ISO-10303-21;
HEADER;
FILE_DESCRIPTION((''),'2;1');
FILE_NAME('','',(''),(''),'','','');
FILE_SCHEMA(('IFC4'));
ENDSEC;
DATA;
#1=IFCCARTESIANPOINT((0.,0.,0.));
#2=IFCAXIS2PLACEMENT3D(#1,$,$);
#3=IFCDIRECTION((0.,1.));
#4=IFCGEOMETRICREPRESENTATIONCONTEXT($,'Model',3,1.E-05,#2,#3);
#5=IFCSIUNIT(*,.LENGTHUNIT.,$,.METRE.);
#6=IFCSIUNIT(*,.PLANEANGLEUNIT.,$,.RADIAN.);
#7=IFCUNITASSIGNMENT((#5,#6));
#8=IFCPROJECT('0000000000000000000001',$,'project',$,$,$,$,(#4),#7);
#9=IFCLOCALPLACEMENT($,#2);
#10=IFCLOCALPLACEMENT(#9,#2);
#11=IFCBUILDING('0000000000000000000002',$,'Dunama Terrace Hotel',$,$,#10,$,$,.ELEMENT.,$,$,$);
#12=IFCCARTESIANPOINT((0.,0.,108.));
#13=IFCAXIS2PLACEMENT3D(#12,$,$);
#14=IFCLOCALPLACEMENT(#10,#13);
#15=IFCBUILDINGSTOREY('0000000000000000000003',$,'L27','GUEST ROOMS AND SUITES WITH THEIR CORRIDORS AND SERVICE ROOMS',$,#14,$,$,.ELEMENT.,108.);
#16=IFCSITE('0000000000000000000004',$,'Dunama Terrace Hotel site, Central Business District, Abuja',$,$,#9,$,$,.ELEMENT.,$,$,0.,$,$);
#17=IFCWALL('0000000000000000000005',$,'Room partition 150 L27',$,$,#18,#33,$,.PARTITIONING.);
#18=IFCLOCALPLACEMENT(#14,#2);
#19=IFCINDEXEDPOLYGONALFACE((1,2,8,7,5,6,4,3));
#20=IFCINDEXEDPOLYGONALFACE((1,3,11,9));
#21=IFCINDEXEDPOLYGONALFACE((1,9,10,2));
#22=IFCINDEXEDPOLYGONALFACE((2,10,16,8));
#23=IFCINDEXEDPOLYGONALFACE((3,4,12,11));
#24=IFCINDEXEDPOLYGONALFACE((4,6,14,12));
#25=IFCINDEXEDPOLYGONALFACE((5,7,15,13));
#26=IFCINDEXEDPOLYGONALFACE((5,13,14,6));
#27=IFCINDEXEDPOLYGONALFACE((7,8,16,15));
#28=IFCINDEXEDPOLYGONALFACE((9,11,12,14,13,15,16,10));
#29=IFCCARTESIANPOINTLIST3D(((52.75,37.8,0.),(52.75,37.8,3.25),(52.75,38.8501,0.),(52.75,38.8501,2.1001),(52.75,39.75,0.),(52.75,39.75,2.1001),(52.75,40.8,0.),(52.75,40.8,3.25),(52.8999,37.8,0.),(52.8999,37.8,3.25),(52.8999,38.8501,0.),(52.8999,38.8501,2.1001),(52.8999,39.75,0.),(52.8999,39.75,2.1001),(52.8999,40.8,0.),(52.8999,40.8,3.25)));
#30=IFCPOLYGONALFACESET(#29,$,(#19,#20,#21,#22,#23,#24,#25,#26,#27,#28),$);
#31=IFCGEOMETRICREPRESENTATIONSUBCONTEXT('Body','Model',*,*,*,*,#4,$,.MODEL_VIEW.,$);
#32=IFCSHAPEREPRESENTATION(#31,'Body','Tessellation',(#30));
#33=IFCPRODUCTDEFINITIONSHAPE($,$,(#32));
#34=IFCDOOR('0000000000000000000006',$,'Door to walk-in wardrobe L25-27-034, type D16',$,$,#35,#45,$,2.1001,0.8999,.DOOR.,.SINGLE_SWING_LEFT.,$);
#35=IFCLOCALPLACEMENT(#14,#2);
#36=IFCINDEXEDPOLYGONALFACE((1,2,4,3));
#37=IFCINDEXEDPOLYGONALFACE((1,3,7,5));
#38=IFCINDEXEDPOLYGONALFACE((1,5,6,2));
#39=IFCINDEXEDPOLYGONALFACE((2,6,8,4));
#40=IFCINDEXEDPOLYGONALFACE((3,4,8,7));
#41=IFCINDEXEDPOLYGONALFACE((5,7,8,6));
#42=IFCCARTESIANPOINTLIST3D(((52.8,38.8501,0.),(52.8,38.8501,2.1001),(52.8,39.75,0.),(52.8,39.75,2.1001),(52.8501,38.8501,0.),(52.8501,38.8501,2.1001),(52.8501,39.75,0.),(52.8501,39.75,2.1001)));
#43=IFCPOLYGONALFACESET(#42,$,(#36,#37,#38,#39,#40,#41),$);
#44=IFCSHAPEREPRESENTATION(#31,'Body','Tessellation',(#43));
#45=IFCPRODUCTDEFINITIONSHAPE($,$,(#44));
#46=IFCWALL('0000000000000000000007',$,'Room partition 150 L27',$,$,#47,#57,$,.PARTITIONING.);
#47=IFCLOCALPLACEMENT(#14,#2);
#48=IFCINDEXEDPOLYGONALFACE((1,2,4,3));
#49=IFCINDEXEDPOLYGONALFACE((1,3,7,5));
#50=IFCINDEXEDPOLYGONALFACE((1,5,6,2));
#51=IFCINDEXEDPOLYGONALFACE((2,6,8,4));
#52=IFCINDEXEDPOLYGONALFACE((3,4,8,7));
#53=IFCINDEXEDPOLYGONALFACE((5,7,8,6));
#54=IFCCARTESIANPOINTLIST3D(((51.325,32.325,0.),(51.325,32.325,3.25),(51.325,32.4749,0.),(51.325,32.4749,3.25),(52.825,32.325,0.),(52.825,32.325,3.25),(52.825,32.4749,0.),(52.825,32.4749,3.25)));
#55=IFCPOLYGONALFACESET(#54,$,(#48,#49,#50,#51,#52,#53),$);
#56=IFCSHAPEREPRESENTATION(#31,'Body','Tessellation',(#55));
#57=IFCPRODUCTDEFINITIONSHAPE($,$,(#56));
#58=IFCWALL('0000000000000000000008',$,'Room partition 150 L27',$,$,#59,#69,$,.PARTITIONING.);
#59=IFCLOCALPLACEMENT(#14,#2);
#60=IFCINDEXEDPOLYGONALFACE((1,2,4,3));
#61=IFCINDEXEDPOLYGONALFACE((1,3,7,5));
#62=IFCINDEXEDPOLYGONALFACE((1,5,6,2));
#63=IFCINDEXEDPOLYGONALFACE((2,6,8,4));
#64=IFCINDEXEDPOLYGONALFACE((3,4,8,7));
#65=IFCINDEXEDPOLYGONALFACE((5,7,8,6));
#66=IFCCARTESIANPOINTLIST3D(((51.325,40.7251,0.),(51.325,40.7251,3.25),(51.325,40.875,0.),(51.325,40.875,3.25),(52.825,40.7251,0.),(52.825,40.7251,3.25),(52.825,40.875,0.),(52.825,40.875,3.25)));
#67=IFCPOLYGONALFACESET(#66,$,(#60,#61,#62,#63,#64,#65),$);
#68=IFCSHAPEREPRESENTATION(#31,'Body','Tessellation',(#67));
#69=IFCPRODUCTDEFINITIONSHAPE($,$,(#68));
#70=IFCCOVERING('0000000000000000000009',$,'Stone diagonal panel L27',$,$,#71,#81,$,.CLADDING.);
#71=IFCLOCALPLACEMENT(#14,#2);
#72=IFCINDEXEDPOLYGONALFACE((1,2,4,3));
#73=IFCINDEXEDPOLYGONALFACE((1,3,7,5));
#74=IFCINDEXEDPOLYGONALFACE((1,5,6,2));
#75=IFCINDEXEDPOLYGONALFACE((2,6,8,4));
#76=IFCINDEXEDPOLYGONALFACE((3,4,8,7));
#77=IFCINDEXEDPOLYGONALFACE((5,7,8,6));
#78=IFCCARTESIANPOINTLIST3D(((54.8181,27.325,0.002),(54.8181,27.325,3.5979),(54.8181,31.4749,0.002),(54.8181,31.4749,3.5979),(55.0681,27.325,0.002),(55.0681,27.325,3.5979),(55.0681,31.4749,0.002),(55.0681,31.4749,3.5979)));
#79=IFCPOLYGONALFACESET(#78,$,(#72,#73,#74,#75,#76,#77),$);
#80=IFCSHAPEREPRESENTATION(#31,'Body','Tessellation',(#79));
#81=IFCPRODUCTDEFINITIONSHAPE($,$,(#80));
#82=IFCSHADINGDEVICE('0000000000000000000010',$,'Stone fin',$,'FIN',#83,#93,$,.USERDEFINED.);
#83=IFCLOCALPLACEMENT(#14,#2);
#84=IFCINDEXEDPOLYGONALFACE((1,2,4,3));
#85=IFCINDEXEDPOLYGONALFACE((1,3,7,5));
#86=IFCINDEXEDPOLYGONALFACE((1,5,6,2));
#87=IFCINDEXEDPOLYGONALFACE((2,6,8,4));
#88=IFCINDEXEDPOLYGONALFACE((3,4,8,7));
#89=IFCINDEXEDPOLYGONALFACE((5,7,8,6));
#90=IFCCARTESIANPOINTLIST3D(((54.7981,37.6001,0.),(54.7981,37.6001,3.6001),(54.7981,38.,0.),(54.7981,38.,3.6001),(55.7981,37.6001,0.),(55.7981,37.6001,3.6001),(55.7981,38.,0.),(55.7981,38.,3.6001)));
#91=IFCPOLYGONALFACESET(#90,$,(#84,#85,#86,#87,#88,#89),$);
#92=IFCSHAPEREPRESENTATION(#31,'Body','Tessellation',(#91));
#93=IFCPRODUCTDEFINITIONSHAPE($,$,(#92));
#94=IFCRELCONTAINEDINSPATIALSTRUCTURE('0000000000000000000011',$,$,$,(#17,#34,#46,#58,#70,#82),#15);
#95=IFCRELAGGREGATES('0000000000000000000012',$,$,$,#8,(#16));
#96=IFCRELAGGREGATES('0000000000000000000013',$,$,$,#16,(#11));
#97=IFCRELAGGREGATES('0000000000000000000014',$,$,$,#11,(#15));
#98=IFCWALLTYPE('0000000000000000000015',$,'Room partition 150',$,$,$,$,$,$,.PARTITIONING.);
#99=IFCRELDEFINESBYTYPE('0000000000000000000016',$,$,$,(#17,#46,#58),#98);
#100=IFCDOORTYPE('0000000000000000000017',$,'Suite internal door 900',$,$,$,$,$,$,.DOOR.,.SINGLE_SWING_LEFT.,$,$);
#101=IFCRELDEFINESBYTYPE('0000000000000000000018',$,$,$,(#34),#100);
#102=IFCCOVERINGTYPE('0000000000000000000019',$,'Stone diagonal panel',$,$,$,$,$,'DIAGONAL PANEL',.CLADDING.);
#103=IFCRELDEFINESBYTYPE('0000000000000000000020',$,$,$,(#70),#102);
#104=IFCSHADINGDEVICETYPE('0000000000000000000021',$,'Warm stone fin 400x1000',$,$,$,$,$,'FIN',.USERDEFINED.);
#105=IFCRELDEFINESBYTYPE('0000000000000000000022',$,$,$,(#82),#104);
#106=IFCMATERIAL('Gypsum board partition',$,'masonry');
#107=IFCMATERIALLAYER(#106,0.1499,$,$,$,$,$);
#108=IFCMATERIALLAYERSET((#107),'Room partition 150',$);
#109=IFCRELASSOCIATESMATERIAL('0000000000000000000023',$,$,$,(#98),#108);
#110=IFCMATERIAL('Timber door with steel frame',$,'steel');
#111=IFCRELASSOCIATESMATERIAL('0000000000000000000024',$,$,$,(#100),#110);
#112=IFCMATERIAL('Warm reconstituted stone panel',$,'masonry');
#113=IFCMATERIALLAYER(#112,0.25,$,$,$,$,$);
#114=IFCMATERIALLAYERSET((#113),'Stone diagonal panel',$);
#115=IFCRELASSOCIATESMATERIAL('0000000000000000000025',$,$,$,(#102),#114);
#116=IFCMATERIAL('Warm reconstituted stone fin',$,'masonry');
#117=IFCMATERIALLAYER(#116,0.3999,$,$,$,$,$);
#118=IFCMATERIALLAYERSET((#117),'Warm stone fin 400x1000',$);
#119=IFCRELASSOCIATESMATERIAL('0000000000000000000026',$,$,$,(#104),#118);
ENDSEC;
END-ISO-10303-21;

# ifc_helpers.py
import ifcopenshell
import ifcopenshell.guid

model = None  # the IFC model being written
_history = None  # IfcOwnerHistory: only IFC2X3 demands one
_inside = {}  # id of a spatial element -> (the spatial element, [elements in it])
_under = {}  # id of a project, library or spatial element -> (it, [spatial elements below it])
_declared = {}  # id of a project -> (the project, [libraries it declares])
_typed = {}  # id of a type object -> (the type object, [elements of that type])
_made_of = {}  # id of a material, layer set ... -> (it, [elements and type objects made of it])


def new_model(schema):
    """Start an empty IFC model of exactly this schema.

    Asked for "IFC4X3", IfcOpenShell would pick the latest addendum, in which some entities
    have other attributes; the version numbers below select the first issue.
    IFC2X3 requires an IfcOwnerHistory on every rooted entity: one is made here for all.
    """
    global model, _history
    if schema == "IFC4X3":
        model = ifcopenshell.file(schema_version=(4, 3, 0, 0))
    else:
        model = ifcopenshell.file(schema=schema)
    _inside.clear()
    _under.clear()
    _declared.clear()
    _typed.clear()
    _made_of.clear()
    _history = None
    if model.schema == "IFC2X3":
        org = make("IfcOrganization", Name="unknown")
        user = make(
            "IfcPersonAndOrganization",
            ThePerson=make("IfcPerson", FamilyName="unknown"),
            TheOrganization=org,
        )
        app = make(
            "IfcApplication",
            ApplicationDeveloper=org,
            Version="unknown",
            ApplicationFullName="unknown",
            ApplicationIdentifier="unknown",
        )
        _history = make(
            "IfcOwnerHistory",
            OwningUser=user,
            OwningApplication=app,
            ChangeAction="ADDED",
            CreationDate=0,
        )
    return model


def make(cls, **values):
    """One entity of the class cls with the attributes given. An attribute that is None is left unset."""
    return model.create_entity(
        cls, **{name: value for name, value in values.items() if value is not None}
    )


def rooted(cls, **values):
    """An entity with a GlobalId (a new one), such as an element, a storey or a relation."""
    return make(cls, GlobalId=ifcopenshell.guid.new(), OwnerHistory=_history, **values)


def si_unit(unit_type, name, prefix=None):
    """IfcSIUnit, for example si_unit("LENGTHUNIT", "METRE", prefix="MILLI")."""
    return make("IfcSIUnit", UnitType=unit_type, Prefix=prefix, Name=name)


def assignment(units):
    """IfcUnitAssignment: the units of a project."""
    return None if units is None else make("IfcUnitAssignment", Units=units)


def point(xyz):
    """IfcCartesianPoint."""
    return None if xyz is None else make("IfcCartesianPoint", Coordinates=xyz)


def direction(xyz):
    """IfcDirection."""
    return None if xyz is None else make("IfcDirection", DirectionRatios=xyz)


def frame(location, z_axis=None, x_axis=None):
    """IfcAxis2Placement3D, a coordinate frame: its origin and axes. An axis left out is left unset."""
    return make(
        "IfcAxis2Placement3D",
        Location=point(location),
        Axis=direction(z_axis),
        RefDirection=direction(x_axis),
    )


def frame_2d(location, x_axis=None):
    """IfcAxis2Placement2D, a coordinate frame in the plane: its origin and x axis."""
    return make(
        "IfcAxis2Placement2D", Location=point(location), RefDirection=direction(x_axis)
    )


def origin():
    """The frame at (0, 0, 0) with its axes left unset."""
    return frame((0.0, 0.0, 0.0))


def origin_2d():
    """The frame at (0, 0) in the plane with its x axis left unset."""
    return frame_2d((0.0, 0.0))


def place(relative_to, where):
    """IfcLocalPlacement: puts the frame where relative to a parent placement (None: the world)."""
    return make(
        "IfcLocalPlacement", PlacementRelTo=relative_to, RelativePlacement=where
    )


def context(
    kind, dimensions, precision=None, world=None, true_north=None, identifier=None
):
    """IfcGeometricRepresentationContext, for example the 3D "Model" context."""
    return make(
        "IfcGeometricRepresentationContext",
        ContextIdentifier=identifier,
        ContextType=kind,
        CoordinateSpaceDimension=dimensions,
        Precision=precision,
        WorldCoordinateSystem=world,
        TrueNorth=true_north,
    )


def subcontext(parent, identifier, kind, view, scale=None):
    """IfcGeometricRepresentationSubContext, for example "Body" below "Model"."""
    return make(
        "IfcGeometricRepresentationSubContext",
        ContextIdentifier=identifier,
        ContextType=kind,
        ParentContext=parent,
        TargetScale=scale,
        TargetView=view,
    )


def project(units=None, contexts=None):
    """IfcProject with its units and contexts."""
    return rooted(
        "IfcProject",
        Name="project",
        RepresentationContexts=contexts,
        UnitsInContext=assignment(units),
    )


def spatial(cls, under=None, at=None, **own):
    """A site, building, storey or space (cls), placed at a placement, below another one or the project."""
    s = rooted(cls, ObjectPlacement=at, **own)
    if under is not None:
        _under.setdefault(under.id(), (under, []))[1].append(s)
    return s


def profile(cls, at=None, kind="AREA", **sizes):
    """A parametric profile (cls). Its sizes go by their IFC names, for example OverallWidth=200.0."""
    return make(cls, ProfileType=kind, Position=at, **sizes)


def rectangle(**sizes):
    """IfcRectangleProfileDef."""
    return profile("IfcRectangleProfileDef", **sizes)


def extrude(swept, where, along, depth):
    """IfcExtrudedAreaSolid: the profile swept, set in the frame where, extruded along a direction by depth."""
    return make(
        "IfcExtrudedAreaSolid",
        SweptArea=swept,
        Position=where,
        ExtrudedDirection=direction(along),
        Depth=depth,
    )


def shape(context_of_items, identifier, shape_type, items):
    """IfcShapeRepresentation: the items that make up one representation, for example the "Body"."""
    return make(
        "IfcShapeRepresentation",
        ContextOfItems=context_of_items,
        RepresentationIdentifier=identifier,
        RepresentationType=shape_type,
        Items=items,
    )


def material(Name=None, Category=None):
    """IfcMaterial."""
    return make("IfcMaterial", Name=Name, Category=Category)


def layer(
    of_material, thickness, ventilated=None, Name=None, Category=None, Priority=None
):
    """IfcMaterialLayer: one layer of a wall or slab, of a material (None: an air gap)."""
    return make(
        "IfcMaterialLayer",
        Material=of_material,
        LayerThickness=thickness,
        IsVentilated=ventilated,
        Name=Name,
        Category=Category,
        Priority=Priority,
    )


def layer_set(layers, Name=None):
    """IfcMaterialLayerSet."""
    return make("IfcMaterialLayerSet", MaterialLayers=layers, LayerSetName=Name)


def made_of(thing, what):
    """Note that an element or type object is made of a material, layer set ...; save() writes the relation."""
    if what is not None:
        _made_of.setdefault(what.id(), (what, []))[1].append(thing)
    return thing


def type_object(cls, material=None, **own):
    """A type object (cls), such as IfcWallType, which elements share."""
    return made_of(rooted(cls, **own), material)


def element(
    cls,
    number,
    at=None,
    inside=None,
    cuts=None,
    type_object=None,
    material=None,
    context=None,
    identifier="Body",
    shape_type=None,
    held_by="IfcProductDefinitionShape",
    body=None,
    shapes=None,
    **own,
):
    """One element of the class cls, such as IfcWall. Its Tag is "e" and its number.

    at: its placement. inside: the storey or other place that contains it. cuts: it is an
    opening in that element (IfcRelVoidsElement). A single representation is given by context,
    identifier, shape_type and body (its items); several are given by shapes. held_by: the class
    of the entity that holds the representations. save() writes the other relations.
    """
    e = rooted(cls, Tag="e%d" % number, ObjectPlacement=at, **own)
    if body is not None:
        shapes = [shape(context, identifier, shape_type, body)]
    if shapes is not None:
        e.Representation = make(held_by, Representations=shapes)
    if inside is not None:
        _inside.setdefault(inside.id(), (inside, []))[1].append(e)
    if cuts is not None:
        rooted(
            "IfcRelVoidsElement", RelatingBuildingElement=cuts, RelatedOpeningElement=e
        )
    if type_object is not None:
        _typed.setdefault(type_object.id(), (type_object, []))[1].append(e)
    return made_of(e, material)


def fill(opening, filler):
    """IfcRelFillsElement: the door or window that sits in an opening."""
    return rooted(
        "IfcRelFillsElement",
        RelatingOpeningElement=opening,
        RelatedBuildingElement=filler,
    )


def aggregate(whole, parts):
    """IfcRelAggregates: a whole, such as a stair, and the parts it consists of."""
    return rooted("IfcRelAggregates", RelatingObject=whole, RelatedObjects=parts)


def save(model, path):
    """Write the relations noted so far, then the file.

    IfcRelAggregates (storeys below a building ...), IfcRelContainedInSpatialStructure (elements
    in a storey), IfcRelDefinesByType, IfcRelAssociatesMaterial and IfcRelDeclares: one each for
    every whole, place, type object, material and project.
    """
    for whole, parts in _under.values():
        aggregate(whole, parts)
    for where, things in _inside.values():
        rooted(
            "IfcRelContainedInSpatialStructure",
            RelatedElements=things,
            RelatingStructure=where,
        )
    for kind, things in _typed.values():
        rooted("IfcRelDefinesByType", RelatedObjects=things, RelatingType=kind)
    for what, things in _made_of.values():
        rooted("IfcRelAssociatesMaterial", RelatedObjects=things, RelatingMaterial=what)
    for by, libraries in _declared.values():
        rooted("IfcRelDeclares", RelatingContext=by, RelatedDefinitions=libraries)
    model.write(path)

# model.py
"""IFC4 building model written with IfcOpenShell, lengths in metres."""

from ifc_helpers import new_model, si_unit, direction, frame, frame_2d, origin, origin_2d, place, context, subcontext, project, spatial, rectangle, extrude, material, layer, layer_set, type_object, element, fill, save


model = new_model("IFC4")

# Units and contexts
model_context = context("Model", 3, precision=1e-05, world=origin(), true_north=direction((0.0, 1.0)))
body_context = subcontext(model_context, "Body", "Model", "MODEL_VIEW")
ifc_project = project(units=[si_unit("LENGTHUNIT", "METRE"), si_unit("PLANEANGLEUNIT", "RADIAN")], contexts=[model_context])

# Site, building, storey
site_placement = place(None, origin())
site = spatial("IfcSite", under=ifc_project, at=site_placement, Name="Dunama Terrace Hotel site, Central Business District, Abuja", CompositionType="ELEMENT", RefElevation=0.0)
building_placement = place(site_placement, origin())
building = spatial("IfcBuilding", under=site, at=building_placement, Name="Dunama Terrace Hotel", CompositionType="ELEMENT")
storey_placement = place(building_placement, frame((0.0, 0.0, 108.0)))
storey = spatial("IfcBuildingStorey", under=building, at=storey_placement, Name="L27", Description="GUEST ROOMS AND SUITES WITH THEIR CORRIDORS AND SERVICE ROOMS", CompositionType="ELEMENT", Elevation=108.0)

# Shared definitions
ifc_material_1 = material(Name="Gypsum board partition", Category="masonry")
ifc_layer_1 = layer(ifc_material_1, 0.1499)
ifc_layer_set_1 = layer_set([ifc_layer_1], Name="Room partition 150")
wall_type_1 = type_object("IfcWallType", Name="Room partition 150", PredefinedType="PARTITIONING", material=ifc_layer_set_1)

# Wall, opening, door
ifc_material_2 = material(Name="Timber door with steel frame", Category="steel")
door_type_1 = type_object("IfcDoorType", Name="Suite internal door 900", OperationType="SINGLE_SWING_LEFT", PredefinedType="DOOR", material=ifc_material_2)
wall_1_placement = place(storey_placement, frame((52.825, 37.8, 0.0), z_axis=(0.0, 0.0, 1.0), x_axis=(0.0, 1.0, 0.0)))
wall_1 = element("IfcWall", 1, at=wall_1_placement, inside=storey, type_object=wall_type_1, Name="Room partition 150 L27", PredefinedType="PARTITIONING", context=body_context, shape_type="SweptSolid", body=[
    extrude(rectangle(XDim=3.0, YDim=0.1499, at=frame_2d((1.5, 0.0))), origin(), (0.0, 0.0, 1.0), 3.25),
])
opening_1_placement = place(wall_1_placement, frame((1.05, 0.0, 0.0)))
opening_1 = element("IfcOpeningElement", 2, at=opening_1_placement, cuts=wall_1, PredefinedType="OPENING", context=body_context, shape_type="SweptSolid", body=[
    extrude(rectangle(XDim=0.8999, YDim=2.1001, at=frame_2d((0.45, 1.05))), frame((0.0, 0.085, 0.0), z_axis=(0.0, -1.0, 0.0), x_axis=(1.0, 0.0, 0.0)), (0.0, 0.0, 1.0), 0.1699),
])
door_1_placement = place(opening_1_placement, origin())
door_1 = element("IfcDoor", 3, at=door_1_placement, inside=storey, type_object=door_type_1, Name="Door to walk-in wardrobe L25-27-034, type D16", OperationType="SINGLE_SWING_LEFT", OverallHeight=2.1001, OverallWidth=0.8999, PredefinedType="DOOR", context=body_context, shape_type="SweptSolid", body=[
    extrude(rectangle(XDim=0.8999, YDim=2.1001, at=frame_2d((0.45, 1.05))), frame((0.0, 0.0249, 0.0), z_axis=(0.0, -1.0, 0.0), x_axis=(1.0, 0.0, 0.0)), (0.0, 0.0, 1.0), 0.05),
])
fill(opening_1, door_1)

# Walls
for number, where, z_axis, x_axis, name in (
    (4, (51.325, 32.3999, 0.0), (0.0, 0.0, 1.0), (1.0, 0.0, 0.0), "Room partition 150 L27"),
    (5, (51.325, 40.8, 0.0), (0.0, 0.0, 1.0), (1.0, 0.0, 0.0), "Room partition 150 L27"),
):
    element("IfcWall", number, at=place(storey_placement, frame(where, z_axis=z_axis, x_axis=x_axis)), inside=storey, type_object=wall_type_1, Name=name, PredefinedType="PARTITIONING", context=body_context, shape_type="SweptSolid", body=[
        extrude(rectangle(XDim=1.5, YDim=0.1499, at=frame_2d((0.75, 0.0))), origin(), (0.0, 0.0, 1.0), 3.25),
    ])

# Covering
ifc_material_3 = material(Name="Warm reconstituted stone panel", Category="masonry")
ifc_layer_2 = layer(ifc_material_3, 0.25)
ifc_layer_set_2 = layer_set([ifc_layer_2], Name="Stone diagonal panel")
covering_type = type_object("IfcCoveringType", Name="Stone diagonal panel", ElementType="DIAGONAL PANEL", PredefinedType="CLADDING", material=ifc_layer_set_2)
covering_placement = place(storey_placement, frame((54.9431, 29.3999, 0.002), z_axis=(0.0, 0.0, 1.0), x_axis=(0.0, 1.0, 0.0)))
element("IfcCovering", 6, at=covering_placement, inside=storey, type_object=covering_type, Name="Stone diagonal panel L27", PredefinedType="CLADDING", context=body_context, shape_type="SweptSolid", body=[
    extrude(rectangle(XDim=4.1499, YDim=0.25, at=origin_2d()), origin(), (0.0, 0.0, 1.0), 3.5959),
])

# Shading device
ifc_material_4 = material(Name="Warm reconstituted stone fin", Category="masonry")
ifc_layer_3 = layer(ifc_material_4, 0.3999)
ifc_layer_set_3 = layer_set([ifc_layer_3], Name="Warm stone fin 400x1000")
shading_device_type = type_object("IfcShadingDeviceType", Name="Warm stone fin 400x1000", ElementType="FIN", PredefinedType="USERDEFINED", material=ifc_layer_set_3)
shading_device_placement = place(storey_placement, frame((55.2981, 37.8, 0.0), z_axis=(0.0, 0.0, 1.0), x_axis=(0.0, 1.0, 0.0)))
element("IfcShadingDevice", 7, at=shading_device_placement, inside=storey, type_object=shading_device_type, Name="Stone fin", ObjectType="FIN", PredefinedType="USERDEFINED", context=body_context, shape_type="SweptSolid", body=[
    extrude(rectangle(XDim=0.3999, YDim=1.0, at=origin_2d()), origin(), (0.0, 0.0, 1.0), 3.6001),
])

save(model, "model.ifc")
